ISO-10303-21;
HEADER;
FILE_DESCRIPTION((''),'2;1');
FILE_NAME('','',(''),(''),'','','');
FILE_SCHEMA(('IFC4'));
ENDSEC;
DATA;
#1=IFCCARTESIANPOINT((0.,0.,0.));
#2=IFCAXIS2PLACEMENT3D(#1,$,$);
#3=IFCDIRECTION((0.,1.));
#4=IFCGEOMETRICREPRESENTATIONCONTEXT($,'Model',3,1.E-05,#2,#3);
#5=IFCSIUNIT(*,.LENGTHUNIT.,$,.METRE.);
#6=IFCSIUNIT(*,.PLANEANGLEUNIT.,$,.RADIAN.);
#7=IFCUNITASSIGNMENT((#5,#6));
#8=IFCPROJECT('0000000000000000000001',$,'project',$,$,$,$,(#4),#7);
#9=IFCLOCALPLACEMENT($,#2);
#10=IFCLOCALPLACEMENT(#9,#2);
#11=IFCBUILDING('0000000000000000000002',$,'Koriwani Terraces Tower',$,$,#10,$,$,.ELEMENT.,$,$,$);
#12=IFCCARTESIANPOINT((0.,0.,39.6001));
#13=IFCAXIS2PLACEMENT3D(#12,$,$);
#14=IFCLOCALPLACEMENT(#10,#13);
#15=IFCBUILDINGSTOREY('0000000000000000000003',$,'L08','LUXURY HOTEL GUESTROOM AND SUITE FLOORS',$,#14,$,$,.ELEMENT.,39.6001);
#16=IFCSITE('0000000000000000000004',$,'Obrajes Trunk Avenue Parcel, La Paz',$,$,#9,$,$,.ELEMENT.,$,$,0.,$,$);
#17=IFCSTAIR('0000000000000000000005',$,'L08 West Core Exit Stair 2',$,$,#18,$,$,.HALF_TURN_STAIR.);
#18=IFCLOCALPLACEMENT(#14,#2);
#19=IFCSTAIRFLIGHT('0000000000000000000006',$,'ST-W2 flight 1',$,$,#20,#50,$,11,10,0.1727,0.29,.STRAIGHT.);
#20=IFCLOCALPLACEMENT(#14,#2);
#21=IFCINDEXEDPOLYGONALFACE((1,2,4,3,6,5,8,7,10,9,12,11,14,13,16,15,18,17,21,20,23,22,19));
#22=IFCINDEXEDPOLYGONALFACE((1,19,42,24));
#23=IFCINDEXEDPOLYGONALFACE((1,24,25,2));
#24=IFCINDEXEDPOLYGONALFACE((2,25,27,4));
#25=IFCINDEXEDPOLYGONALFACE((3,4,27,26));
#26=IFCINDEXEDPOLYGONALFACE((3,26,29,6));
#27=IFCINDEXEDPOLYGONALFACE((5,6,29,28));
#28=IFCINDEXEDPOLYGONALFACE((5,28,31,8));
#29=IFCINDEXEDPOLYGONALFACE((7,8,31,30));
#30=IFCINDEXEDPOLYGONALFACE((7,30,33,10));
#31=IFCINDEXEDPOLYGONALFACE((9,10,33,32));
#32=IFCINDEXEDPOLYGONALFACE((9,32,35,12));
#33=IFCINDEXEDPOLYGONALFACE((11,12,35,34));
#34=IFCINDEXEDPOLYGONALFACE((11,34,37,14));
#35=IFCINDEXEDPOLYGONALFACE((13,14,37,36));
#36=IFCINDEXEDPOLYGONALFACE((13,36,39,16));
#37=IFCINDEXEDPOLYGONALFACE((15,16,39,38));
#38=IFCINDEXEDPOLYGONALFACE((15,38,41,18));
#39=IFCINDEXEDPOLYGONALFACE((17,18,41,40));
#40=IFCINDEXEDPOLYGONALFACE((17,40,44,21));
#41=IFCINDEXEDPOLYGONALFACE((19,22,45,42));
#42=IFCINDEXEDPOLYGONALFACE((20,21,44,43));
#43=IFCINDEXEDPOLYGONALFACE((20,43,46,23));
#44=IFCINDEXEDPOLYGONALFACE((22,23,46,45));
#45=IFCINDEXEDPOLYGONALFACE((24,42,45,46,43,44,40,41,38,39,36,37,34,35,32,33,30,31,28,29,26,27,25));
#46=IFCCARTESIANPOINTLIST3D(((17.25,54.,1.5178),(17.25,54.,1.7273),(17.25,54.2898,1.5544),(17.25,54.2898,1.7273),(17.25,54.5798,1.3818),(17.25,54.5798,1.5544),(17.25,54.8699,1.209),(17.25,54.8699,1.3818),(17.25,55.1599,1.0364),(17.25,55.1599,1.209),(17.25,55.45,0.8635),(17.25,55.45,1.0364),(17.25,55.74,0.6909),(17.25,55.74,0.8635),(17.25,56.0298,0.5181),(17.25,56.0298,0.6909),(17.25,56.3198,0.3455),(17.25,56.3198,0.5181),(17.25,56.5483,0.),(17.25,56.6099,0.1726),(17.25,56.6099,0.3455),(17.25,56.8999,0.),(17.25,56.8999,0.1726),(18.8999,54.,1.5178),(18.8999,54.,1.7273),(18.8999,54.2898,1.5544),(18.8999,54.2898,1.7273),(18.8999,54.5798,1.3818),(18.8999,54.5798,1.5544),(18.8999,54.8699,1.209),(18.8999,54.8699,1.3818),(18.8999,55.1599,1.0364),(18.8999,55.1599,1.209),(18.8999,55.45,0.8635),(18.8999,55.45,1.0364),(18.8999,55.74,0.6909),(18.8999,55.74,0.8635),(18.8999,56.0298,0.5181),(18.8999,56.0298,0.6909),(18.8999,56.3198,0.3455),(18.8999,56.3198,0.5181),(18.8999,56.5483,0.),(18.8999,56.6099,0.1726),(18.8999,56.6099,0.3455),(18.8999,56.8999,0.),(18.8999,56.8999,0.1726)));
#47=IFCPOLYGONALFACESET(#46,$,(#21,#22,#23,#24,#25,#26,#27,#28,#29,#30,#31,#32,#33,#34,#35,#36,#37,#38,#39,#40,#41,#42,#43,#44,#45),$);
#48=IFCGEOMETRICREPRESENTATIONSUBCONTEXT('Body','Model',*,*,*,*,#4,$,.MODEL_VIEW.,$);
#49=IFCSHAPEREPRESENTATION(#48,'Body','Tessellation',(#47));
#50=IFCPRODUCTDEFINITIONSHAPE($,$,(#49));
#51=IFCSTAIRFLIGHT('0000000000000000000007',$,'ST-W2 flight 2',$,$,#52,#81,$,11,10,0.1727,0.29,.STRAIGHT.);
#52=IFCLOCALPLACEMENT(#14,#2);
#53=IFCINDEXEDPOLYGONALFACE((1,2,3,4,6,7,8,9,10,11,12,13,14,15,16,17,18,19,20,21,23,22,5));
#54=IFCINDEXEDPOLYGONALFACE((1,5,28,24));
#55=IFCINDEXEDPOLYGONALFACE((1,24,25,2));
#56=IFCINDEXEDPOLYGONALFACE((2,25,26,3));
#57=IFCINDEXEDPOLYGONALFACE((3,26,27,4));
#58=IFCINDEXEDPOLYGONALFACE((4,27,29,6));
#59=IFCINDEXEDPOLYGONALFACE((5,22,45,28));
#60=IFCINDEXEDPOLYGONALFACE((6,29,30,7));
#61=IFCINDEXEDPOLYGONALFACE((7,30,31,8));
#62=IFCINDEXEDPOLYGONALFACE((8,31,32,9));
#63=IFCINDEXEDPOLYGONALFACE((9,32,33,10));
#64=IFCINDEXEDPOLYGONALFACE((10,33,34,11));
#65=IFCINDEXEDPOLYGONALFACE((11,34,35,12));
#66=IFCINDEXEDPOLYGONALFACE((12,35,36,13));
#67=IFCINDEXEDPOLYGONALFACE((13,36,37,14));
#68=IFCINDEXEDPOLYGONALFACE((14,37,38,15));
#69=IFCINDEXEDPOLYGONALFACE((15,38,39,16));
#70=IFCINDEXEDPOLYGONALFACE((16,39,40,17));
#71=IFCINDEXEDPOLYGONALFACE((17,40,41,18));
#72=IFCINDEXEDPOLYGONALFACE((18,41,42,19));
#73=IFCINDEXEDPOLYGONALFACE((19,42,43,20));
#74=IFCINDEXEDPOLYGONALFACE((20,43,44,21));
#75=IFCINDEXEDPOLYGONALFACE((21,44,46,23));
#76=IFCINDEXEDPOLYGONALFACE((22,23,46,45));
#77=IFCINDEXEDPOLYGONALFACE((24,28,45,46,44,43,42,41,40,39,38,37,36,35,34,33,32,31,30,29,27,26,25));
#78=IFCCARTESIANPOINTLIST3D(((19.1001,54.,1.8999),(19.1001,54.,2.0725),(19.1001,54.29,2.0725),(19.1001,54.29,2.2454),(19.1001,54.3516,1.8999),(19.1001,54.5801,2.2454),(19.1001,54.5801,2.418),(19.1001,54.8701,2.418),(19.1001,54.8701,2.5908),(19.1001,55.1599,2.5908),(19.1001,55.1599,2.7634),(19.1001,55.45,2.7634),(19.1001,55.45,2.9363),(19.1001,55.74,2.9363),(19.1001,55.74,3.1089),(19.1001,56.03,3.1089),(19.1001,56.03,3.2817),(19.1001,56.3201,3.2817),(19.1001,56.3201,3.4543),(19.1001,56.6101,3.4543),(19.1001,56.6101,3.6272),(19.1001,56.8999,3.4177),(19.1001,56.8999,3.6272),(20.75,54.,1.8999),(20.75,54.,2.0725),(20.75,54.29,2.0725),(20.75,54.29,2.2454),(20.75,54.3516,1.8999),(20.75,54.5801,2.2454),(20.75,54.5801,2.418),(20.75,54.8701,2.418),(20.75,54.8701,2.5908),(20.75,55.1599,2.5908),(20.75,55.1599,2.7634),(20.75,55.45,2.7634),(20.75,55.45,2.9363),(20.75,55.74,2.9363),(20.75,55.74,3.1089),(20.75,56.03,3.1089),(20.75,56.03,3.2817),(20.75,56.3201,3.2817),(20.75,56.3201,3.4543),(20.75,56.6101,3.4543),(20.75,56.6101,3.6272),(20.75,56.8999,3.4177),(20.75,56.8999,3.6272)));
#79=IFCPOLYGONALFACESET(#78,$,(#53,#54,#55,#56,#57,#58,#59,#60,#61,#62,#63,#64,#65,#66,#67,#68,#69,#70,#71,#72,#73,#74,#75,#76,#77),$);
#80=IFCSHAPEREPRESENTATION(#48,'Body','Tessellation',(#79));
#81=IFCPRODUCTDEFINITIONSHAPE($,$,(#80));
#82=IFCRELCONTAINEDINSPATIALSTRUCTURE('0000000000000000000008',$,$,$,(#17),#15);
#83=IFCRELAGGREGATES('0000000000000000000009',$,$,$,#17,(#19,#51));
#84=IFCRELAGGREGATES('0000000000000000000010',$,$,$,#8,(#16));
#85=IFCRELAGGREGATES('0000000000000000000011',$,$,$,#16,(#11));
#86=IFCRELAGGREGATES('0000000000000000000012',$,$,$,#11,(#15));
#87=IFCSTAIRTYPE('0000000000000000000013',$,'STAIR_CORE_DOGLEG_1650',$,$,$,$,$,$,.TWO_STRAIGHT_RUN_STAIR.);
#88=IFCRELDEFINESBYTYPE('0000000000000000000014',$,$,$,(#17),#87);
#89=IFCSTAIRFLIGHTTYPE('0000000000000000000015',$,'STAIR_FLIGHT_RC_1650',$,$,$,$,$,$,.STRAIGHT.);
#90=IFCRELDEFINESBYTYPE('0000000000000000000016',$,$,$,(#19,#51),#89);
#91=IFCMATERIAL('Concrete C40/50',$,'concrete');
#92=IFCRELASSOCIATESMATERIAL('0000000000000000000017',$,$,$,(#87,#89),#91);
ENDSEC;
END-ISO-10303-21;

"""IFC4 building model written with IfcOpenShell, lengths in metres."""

from ifc_helpers import new_model, si_unit, direction, frame, origin, place, context, subcontext, project, spatial, polyline, outline, extrude, material, type_object, element, aggregate, save


model = new_model("IFC4")

# Units and contexts
model_context = context("Model", 3, precision=1e-05, world=origin(), true_north=direction((0.0, 1.0)))
body_context = subcontext(model_context, "Body", "Model", "MODEL_VIEW")
ifc_project = project(units=[si_unit("LENGTHUNIT", "METRE"), si_unit("PLANEANGLEUNIT", "RADIAN")], contexts=[model_context])

# Site, building, storey
site_placement = place(None, origin())
site = spatial("IfcSite", under=ifc_project, at=site_placement, Name="Obrajes Trunk Avenue Parcel, La Paz", CompositionType="ELEMENT", RefElevation=0.0)
building_placement = place(site_placement, origin())
building = spatial("IfcBuilding", under=site, at=building_placement, Name="Koriwani Terraces Tower", CompositionType="ELEMENT")
storey_placement = place(building_placement, frame((0.0, 0.0, 39.6001)))
storey = spatial("IfcBuildingStorey", under=building, at=storey_placement, Name="L08", Description="LUXURY HOTEL GUESTROOM AND SUITE FLOORS", CompositionType="ELEMENT", Elevation=39.6001)

# Shared definitions
ifc_material_1 = material(Name="Concrete C40/50", Category="concrete")

# Stair, stair flights
stair_type = type_object("IfcStairType", Name="STAIR_CORE_DOGLEG_1650", PredefinedType="TWO_STRAIGHT_RUN_STAIR", material=ifc_material_1)
stair_placement = place(storey_placement, origin())
stair = element("IfcStair", 1, at=stair_placement, inside=storey, type_object=stair_type, Name="L08 West Core Exit Stair 2", PredefinedType="HALF_TURN_STAIR")
stair_flight_type = type_object("IfcStairFlightType", Name="STAIR_FLIGHT_RC_1650", PredefinedType="STRAIGHT", material=ifc_material_1)
stair_flight_1_placement = place(storey_placement, frame((18.075, 56.8999, 0.0), z_axis=(0.0, 0.0, 1.0), x_axis=(0.0, -1.0, 0.0)))
stair_flight_1 = element("IfcStairFlight", 2, at=stair_flight_1_placement, type_object=stair_flight_type, Name="ST-W2 flight 1", NumberOfRisers=11, NumberOfTreads=10, PredefinedType="STRAIGHT", RiserHeight=0.1727, TreadLength=0.29, context=body_context, shape_type="SweptSolid", body=[
    extrude(outline(polyline([(0.0, 0.0), (0.0, 0.1726), (0.29, 0.1726), (0.29, 0.3455), (0.5801, 0.3455), (0.5801, 0.5181), (0.8701, 0.5181), (0.8701, 0.6909), (1.1599, 0.6909), (1.1599, 0.8635), (1.45, 0.8635), (1.45, 1.0364), (1.74, 1.0364), (1.74, 1.209), (2.03, 1.209), (2.03, 1.3818), (2.3201, 1.3818), (2.3201, 1.5544), (2.6101, 1.5544), (2.6101, 1.7273), (2.8999, 1.7273), (2.8999, 1.8999), (2.8999, 1.5178), (0.3516, 0.0), (0.0, 0.0)])), frame((0.0, 0.825, 0.0), z_axis=(0.0, -1.0, 0.0), x_axis=(1.0, 0.0, 0.0)), (0.0, 0.0, 1.0), 1.6499),
])
stair_flight_2_placement = place(storey_placement, frame((19.925, 54.0, 1.8999), z_axis=(0.0, 0.0, 1.0), x_axis=(0.0, 1.0, 0.0)))
stair_flight_2 = element("IfcStairFlight", 3, at=stair_flight_2_placement, type_object=stair_flight_type, Name="ST-W2 flight 2", NumberOfRisers=11, NumberOfTreads=10, PredefinedType="STRAIGHT", RiserHeight=0.1727, TreadLength=0.29, context=body_context, shape_type="SweptSolid", body=[
    extrude(outline(polyline([(0.0, 0.0), (0.0, 0.1726), (0.29, 0.1726), (0.29, 0.3455), (0.5801, 0.3455), (0.5801, 0.5181), (0.8701, 0.5181), (0.8701, 0.6909), (1.1599, 0.6909), (1.1599, 0.8635), (1.45, 0.8635), (1.45, 1.0364), (1.74, 1.0364), (1.74, 1.209), (2.03, 1.209), (2.03, 1.3818), (2.3201, 1.3818), (2.3201, 1.5544), (2.6101, 1.5544), (2.6101, 1.7273), (2.8999, 1.7273), (2.8999, 1.8999), (2.8999, 1.5178), (0.3516, 0.0), (0.0, 0.0)])), frame((0.0, 0.825, 0.0), z_axis=(0.0, -1.0, 0.0), x_axis=(1.0, 0.0, 0.0)), (0.0, 0.0, 1.0), 1.6499),
])
aggregate(stair, [stair_flight_1, stair_flight_2])

save(model, "model.ifc")
